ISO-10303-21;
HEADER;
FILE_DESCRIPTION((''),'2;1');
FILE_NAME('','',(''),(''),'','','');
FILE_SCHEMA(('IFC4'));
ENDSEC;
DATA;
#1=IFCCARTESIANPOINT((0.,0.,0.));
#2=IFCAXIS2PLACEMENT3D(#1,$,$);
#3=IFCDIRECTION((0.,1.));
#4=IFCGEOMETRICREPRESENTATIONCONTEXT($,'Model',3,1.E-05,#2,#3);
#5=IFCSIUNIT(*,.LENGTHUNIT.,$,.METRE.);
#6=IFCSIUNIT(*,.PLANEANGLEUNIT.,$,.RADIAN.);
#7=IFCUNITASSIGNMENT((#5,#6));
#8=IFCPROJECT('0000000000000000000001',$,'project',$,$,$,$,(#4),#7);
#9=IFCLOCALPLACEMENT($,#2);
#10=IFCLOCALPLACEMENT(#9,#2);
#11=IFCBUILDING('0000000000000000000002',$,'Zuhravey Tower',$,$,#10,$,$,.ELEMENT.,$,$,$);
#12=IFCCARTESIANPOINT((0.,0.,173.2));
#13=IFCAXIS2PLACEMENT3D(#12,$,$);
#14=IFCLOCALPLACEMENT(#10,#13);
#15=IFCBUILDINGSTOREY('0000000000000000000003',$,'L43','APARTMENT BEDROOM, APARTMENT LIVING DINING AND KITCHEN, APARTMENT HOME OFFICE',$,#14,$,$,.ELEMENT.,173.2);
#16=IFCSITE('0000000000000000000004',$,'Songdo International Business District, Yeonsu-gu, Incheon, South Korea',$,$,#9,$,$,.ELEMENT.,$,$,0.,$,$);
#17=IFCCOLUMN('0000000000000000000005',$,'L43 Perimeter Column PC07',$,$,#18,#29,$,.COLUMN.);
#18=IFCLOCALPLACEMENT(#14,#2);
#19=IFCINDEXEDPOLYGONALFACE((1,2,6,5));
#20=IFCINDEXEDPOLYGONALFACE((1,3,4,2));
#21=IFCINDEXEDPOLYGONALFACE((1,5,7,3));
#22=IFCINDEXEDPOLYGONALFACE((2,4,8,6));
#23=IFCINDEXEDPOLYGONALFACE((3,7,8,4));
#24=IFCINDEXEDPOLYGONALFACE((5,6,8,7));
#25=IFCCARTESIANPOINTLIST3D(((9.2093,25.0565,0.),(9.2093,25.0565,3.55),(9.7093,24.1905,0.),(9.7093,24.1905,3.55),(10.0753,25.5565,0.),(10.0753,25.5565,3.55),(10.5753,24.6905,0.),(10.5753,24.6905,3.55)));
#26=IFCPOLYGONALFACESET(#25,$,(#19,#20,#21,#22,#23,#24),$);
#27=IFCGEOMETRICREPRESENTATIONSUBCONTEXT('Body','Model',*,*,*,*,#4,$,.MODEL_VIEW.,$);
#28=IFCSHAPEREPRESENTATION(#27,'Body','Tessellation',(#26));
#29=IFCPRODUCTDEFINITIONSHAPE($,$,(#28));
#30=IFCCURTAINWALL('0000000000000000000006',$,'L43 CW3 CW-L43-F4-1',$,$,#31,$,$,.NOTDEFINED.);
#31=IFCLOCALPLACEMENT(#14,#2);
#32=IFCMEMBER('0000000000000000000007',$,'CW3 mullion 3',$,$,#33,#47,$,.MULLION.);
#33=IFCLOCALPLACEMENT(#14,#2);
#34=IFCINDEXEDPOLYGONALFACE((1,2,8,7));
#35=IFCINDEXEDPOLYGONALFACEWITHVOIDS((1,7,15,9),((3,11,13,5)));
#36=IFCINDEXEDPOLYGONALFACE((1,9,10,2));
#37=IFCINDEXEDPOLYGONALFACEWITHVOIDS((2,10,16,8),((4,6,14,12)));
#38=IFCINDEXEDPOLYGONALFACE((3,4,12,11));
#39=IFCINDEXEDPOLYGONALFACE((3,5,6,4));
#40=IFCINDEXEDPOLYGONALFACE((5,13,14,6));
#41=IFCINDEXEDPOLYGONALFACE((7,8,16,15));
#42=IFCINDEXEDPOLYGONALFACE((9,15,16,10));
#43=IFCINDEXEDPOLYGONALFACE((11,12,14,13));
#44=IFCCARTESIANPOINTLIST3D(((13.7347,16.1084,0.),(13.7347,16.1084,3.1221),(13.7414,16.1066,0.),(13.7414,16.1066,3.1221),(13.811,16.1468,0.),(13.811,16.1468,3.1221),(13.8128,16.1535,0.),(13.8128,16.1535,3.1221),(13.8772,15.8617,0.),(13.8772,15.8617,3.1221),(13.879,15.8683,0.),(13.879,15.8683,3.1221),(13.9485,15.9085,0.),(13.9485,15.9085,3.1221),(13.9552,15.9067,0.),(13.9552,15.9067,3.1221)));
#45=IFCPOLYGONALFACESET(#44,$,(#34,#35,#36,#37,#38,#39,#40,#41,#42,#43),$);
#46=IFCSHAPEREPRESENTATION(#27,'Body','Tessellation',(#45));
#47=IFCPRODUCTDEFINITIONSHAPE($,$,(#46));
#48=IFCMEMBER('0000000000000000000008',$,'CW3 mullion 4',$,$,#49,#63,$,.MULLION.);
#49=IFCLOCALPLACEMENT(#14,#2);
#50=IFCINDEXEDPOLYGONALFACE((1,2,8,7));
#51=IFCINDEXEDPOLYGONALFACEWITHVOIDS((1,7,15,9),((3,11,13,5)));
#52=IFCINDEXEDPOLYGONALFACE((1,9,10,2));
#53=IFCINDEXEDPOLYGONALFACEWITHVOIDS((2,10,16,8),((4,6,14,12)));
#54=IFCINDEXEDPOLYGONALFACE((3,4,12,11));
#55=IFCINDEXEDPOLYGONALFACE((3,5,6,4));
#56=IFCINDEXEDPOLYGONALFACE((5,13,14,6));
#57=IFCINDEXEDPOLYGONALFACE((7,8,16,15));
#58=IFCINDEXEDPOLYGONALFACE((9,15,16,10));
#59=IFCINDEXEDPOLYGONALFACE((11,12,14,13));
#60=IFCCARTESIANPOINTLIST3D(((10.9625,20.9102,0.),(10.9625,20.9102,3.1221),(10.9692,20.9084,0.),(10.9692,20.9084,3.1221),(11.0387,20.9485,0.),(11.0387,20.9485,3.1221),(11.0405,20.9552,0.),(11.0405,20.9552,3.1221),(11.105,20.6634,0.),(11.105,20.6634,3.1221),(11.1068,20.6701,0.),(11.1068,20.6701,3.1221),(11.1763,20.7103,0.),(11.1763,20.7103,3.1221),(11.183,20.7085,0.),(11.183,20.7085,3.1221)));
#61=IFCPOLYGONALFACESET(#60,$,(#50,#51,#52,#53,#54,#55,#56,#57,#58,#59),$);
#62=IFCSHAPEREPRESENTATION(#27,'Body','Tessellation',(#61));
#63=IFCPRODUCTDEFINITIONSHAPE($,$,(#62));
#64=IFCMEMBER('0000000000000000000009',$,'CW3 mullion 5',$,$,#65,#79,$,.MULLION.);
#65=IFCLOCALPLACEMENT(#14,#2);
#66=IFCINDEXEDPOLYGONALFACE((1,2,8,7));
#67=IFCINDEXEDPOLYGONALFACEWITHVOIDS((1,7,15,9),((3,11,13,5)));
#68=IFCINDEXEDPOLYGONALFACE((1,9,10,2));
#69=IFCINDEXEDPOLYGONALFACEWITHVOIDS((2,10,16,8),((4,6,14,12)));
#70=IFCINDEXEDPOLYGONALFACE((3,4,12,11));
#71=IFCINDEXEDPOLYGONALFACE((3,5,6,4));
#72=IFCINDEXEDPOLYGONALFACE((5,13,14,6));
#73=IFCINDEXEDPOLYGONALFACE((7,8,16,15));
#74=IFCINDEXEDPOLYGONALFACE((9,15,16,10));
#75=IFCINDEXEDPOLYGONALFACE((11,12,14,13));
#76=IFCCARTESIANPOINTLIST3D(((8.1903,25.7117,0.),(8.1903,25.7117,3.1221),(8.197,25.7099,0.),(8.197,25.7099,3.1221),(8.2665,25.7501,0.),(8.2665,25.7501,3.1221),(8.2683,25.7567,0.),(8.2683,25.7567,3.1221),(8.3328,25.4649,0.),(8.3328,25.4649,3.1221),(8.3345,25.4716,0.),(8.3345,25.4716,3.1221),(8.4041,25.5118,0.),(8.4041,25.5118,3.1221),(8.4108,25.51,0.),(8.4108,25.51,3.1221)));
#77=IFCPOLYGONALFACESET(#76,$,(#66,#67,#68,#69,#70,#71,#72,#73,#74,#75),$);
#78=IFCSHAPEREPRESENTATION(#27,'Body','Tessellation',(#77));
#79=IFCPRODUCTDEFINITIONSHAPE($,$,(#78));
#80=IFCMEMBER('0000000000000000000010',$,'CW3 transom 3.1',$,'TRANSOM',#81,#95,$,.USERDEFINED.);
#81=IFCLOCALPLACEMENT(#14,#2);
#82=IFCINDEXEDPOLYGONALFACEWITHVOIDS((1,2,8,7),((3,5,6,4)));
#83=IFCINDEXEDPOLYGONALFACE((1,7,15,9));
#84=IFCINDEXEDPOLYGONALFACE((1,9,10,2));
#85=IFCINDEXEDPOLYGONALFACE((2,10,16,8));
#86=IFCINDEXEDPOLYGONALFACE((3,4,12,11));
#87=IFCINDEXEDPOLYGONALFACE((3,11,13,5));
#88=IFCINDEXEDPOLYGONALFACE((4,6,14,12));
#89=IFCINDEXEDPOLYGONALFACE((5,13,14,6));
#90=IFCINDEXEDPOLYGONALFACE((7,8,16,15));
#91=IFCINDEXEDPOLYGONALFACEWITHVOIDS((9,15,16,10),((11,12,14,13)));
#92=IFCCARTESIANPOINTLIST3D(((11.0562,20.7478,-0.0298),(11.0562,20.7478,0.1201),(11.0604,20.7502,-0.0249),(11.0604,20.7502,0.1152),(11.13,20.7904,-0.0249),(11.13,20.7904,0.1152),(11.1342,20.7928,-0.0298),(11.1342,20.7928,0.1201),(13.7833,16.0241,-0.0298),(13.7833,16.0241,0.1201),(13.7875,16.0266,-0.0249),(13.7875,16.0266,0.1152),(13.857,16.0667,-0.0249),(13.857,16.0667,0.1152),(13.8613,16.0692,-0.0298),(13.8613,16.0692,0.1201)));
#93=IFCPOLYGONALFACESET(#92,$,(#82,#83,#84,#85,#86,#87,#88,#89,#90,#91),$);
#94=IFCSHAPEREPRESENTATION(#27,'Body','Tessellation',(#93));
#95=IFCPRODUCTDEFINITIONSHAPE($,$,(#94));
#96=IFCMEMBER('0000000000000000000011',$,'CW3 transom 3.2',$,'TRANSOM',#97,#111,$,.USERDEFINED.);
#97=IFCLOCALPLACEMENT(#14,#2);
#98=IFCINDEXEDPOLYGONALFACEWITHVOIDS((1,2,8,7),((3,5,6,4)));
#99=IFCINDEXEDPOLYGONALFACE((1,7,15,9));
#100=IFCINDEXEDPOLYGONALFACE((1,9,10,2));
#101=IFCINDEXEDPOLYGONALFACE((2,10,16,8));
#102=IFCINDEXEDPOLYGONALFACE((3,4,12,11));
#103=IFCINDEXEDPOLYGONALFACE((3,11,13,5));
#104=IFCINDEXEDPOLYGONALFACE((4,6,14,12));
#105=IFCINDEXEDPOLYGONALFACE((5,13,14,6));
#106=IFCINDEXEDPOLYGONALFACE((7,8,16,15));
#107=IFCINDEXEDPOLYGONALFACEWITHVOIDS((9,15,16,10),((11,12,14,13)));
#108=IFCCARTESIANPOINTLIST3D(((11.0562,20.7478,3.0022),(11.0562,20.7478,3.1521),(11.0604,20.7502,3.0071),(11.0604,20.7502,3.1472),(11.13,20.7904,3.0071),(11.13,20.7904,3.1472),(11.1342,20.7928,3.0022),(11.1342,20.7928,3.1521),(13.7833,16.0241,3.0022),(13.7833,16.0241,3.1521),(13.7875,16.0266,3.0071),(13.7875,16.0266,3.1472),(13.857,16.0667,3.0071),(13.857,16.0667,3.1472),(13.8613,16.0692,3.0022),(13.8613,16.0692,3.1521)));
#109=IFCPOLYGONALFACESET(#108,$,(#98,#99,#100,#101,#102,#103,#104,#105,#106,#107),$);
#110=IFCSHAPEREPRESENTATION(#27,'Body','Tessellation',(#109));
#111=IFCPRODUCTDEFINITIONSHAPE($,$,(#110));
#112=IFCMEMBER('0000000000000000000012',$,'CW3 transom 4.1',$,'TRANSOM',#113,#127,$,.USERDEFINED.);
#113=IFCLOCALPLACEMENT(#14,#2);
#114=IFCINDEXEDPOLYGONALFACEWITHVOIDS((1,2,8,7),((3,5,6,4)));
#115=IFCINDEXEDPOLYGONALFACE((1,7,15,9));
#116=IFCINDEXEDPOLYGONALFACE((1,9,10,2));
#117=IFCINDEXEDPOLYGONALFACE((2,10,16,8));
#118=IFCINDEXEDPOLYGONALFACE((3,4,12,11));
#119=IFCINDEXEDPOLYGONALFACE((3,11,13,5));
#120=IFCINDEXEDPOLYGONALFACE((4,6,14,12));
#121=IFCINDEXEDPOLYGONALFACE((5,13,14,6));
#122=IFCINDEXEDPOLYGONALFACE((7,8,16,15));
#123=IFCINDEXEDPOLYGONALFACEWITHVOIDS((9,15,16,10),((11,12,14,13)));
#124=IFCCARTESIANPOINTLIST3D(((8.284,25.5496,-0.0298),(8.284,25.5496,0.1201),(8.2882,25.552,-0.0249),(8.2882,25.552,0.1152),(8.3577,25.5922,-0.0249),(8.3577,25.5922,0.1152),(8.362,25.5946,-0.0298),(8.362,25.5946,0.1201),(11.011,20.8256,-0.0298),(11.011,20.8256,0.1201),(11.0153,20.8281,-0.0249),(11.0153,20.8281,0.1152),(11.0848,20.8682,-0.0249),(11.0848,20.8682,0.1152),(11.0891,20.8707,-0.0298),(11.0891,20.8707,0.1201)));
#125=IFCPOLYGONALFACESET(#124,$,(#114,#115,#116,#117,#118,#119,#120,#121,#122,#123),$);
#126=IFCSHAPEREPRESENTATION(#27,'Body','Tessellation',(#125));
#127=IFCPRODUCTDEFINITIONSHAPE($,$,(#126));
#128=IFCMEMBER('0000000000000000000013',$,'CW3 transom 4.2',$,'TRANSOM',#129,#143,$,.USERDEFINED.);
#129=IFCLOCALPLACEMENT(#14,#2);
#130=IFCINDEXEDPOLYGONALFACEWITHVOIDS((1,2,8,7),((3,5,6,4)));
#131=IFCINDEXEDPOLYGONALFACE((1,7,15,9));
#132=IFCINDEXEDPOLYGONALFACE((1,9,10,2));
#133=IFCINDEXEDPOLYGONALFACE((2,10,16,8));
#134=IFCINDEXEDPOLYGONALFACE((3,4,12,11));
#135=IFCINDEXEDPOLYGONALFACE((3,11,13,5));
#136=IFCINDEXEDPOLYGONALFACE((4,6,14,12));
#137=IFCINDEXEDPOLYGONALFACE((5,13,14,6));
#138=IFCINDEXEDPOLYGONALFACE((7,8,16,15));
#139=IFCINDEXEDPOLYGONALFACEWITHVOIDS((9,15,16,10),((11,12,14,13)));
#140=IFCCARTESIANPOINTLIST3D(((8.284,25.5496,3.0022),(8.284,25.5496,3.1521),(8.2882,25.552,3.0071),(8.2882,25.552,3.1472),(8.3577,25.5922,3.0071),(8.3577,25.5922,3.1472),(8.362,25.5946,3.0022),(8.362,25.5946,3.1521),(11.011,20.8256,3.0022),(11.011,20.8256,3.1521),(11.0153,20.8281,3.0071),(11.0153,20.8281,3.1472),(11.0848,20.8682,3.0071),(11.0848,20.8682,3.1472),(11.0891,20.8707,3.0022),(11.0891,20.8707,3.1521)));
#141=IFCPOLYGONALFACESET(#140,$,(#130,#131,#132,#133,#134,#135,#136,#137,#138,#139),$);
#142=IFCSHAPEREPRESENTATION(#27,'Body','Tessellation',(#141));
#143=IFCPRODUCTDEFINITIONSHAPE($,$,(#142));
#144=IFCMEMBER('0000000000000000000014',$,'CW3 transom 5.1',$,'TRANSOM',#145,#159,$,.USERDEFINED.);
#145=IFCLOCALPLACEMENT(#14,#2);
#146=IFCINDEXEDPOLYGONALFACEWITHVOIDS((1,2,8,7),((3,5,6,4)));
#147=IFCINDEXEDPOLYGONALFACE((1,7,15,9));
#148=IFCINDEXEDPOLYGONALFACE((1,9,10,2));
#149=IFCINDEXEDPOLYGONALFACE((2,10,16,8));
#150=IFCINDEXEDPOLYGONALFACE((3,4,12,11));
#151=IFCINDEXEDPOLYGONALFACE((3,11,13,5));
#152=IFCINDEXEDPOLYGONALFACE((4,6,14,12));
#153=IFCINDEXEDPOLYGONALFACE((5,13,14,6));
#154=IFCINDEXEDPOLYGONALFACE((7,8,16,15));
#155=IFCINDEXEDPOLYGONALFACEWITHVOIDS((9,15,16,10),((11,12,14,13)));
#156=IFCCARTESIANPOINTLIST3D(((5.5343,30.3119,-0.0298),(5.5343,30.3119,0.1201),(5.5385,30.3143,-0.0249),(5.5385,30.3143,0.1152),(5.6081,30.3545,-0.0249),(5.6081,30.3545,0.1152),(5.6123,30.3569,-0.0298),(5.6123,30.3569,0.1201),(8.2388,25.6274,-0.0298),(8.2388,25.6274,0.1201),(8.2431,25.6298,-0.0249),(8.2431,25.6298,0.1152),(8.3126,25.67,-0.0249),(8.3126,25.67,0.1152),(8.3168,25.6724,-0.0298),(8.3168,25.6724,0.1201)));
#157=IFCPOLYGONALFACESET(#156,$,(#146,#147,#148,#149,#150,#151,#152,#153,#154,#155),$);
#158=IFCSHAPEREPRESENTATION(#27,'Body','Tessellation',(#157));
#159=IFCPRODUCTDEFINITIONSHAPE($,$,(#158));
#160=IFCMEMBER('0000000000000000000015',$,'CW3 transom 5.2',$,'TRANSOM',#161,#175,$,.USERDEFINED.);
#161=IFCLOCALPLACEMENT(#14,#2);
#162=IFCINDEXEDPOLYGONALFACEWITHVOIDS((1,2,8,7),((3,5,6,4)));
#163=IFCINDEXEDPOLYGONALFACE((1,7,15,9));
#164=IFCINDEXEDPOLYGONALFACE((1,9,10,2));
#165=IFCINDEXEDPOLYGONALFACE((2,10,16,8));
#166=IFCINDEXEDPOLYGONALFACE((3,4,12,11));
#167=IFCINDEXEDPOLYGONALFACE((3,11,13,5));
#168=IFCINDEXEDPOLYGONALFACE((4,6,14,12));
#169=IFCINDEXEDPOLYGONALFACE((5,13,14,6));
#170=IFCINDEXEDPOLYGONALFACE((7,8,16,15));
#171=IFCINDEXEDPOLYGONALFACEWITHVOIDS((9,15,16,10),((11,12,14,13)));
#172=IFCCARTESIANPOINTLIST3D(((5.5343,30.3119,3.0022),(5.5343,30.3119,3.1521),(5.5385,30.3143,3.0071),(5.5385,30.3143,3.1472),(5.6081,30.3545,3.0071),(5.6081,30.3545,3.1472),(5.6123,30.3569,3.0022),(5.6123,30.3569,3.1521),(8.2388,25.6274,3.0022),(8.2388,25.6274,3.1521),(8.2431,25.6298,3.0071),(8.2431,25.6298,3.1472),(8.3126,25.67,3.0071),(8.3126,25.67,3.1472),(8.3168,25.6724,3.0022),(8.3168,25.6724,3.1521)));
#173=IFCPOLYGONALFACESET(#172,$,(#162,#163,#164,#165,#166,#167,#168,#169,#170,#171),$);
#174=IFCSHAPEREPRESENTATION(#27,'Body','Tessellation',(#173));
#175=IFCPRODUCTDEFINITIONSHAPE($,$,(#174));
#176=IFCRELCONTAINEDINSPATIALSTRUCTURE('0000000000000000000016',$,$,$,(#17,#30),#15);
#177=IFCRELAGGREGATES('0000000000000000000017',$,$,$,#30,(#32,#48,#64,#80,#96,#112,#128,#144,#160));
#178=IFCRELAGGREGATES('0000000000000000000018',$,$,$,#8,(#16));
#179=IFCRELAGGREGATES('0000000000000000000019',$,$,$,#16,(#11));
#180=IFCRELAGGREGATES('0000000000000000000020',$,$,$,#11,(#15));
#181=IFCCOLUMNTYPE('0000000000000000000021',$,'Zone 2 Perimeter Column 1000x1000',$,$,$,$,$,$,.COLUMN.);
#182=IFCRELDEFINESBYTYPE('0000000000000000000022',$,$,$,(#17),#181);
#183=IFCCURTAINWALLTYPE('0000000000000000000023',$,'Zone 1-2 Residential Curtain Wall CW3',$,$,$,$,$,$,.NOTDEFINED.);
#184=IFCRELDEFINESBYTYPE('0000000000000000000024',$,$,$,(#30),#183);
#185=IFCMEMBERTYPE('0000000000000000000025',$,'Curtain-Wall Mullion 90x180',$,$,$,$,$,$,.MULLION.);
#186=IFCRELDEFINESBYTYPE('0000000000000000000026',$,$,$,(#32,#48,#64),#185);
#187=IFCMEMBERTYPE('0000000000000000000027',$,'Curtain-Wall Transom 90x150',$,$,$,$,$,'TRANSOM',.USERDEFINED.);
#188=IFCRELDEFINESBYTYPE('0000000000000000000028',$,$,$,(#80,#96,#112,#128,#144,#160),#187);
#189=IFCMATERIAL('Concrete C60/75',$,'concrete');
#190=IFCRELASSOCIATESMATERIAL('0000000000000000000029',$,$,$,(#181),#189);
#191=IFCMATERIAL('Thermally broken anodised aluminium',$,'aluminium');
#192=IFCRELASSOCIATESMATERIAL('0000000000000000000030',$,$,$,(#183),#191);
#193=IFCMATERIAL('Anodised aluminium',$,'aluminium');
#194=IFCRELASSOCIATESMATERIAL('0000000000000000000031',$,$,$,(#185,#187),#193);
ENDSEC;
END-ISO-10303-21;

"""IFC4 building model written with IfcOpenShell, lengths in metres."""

from ifc_helpers import new_model, si_unit, direction, frame, origin, origin_2d, place, context, subcontext, project, spatial, rectangle, hollow_rectangle, extrude, material, material_profile, profile_set, type_object, element, aggregate, save


model = new_model("IFC4")

# Units and contexts
model_context = context("Model", 3, precision=1e-05, world=origin(), true_north=direction((0.0, 1.0)))
body_context = subcontext(model_context, "Body", "Model", "MODEL_VIEW")
ifc_project = project(units=[si_unit("LENGTHUNIT", "METRE"), si_unit("PLANEANGLEUNIT", "RADIAN")], contexts=[model_context])

# Site, building, storey
site_placement = place(None, origin())
site = spatial("IfcSite", under=ifc_project, at=site_placement, Name="Songdo International Business District, Yeonsu-gu, Incheon, South Korea", CompositionType="ELEMENT", RefElevation=0.0)
building_placement = place(site_placement, origin())
building = spatial("IfcBuilding", under=site, at=building_placement, Name="Zuhravey Tower", CompositionType="ELEMENT")
storey_placement = place(building_placement, frame((0.0, 0.0, 173.2)))
storey = spatial("IfcBuildingStorey", under=building, at=storey_placement, Name="L43", Description="APARTMENT BEDROOM, APARTMENT LIVING DINING AND KITCHEN, APARTMENT HOME OFFICE", CompositionType="ELEMENT", Elevation=173.2)

# Column
ifc_material_1 = material(Name="Concrete C60/75", Category="concrete")
ifc_material_profile_1 = material_profile(ifc_material_1, rectangle(XDim=1.0, YDim=1.0, at=origin_2d()), Name="RC-1000x1000")
ifc_profile_set_1 = profile_set([ifc_material_profile_1], Name="Concrete C60/75")
column_type = type_object("IfcColumnType", Name="Zone 2 Perimeter Column 1000x1000", PredefinedType="COLUMN", material=ifc_profile_set_1)
column_placement = place(storey_placement, frame((9.8923, 24.8735, 0.0), z_axis=(0.0, 0.0, 1.0), x_axis=(0.5, -0.866025, 0.0)))
element("IfcColumn", 1, at=column_placement, inside=storey, type_object=column_type, Name="L43 Perimeter Column PC07", PredefinedType="COLUMN", context=body_context, shape_type="SweptSolid", body=[
    extrude(rectangle(XDim=1.0, YDim=1.0, at=origin_2d()), origin(), (0.0, 0.0, 1.0), 3.55),
])

# Curtain wall, members
ifc_material_2 = material(Name="Thermally broken anodised aluminium", Category="aluminium")
curtain_wall_type = type_object("IfcCurtainWallType", Name="Zone 1-2 Residential Curtain Wall CW3", PredefinedType="NOTDEFINED", material=ifc_material_2)
curtain_wall_placement = place(storey_placement, origin())
curtain_wall = element("IfcCurtainWall", 2, at=curtain_wall_placement, inside=storey, type_object=curtain_wall_type, Name="L43 CW3 CW-L43-F4-1", PredefinedType="NOTDEFINED")
ifc_material_3 = material(Name="Anodised aluminium", Category="aluminium")
ifc_material_profile_2 = material_profile(ifc_material_3, hollow_rectangle(XDim=0.0901, YDim=0.2849, WallThickness=0.0049, at=origin_2d()), Name="ALU-RHS-90x285x5")
ifc_profile_set_2 = profile_set([ifc_material_profile_2], Name="Anodised aluminium")
member_type_1 = type_object("IfcMemberType", Name="Curtain-Wall Mullion 90x180", PredefinedType="MULLION", material=ifc_profile_set_2)
member_1_placement = place(storey_placement, frame((13.845, 16.0076, 0.0), z_axis=(0.0, 0.0, 1.0), x_axis=(-0.866025, -0.5, 0.0)))
member_1 = element("IfcMember", 3, at=member_1_placement, type_object=member_type_1, Name="CW3 mullion 3", PredefinedType="MULLION", context=body_context, shape_type="SweptSolid", body=[
    extrude(hollow_rectangle(XDim=0.0901, YDim=0.2849, WallThickness=0.0049, at=origin_2d()), origin(), (0.0, 0.0, 1.0), 3.1221),
])
member_2_placement = place(storey_placement, frame((11.0728, 20.8093, 0.0), z_axis=(0.0, 0.0, 1.0), x_axis=(-0.866025, -0.5, 0.0)))
member_2 = element("IfcMember", 4, at=member_2_placement, type_object=member_type_1, Name="CW3 mullion 4", PredefinedType="MULLION", context=body_context, shape_type="SweptSolid", body=[
    extrude(hollow_rectangle(XDim=0.0901, YDim=0.2849, WallThickness=0.0049, at=origin_2d()), origin(), (0.0, 0.0, 1.0), 3.1221),
])
member_3_placement = place(storey_placement, frame((8.3005, 25.6108, 0.0), z_axis=(0.0, 0.0, 1.0), x_axis=(-0.866025, -0.5, 0.0)))
member_3 = element("IfcMember", 5, at=member_3_placement, type_object=member_type_1, Name="CW3 mullion 5", PredefinedType="MULLION", context=body_context, shape_type="SweptSolid", body=[
    extrude(hollow_rectangle(XDim=0.0901, YDim=0.2849, WallThickness=0.0049, at=origin_2d()), origin(), (0.0, 0.0, 1.0), 3.1221),
])
ifc_material_profile_3 = material_profile(ifc_material_3, hollow_rectangle(XDim=0.0901, YDim=0.1499, WallThickness=0.0049, at=origin_2d()), Name="ALU-RHS-90x150x5")
ifc_profile_set_3 = profile_set([ifc_material_profile_3], Name="Anodised aluminium")
member_type_2 = type_object("IfcMemberType", Name="Curtain-Wall Transom 90x150", ElementType="TRANSOM", PredefinedType="USERDEFINED", material=ifc_profile_set_3)
member_4_placement = place(storey_placement, frame((13.8223, 16.0466, 0.0452), z_axis=(-0.499981, 0.866037, 0.0), x_axis=(-0.866037, -0.499981, 0.0)))
member_4 = element("IfcMember", 6, at=member_4_placement, type_object=member_type_2, Name="CW3 transom 3.1", ObjectType="TRANSOM", PredefinedType="USERDEFINED", context=body_context, shape_type="SweptSolid", body=[
    extrude(hollow_rectangle(XDim=0.0901, YDim=0.1499, WallThickness=0.0049, at=origin_2d()), origin(), (0.0, 0.0, 1.0), 5.4543),
])
member_5_placement = place(storey_placement, frame((13.8223, 16.0466, 3.0771), z_axis=(-0.499981, 0.866037, 0.0), x_axis=(-0.866037, -0.499981, 0.0)))
member_5 = element("IfcMember", 7, at=member_5_placement, type_object=member_type_2, Name="CW3 transom 3.2", ObjectType="TRANSOM", PredefinedType="USERDEFINED", context=body_context, shape_type="SweptSolid", body=[
    extrude(hollow_rectangle(XDim=0.0901, YDim=0.1499, WallThickness=0.0049, at=origin_2d()), origin(), (0.0, 0.0, 1.0), 5.4543),
])
member_6_placement = place(storey_placement, frame((11.05, 20.8481, 0.0452), z_axis=(-0.499961, 0.866048, 0.0), x_axis=(-0.866048, -0.499961, 0.0)))
member_6 = element("IfcMember", 8, at=member_6_placement, type_object=member_type_2, Name="CW3 transom 4.1", ObjectType="TRANSOM", PredefinedType="USERDEFINED", context=body_context, shape_type="SweptSolid", body=[
    extrude(hollow_rectangle(XDim=0.0901, YDim=0.1499, WallThickness=0.0049, at=origin_2d()), origin(), (0.0, 0.0, 1.0), 5.4546),
])
member_7_placement = place(storey_placement, frame((11.05, 20.8481, 3.0771), z_axis=(-0.499961, 0.866048, 0.0), x_axis=(-0.866048, -0.499961, 0.0)))
member_7 = element("IfcMember", 9, at=member_7_placement, type_object=member_type_2, Name="CW3 transom 4.2", ObjectType="TRANSOM", PredefinedType="USERDEFINED", context=body_context, shape_type="SweptSolid", body=[
    extrude(hollow_rectangle(XDim=0.0901, YDim=0.1499, WallThickness=0.0049, at=origin_2d()), origin(), (0.0, 0.0, 1.0), 5.4546),
])
member_8_placement = place(storey_placement, frame((8.2778, 25.6499, 0.0452), z_axis=(-0.499993, 0.866029, 0.0), x_axis=(-0.866029, -0.499993, 0.0)))
member_8 = element("IfcMember", 10, at=member_8_placement, type_object=member_type_2, Name="CW3 transom 5.1", ObjectType="TRANSOM", PredefinedType="USERDEFINED", context=body_context, shape_type="SweptSolid", body=[
    extrude(hollow_rectangle(XDim=0.0901, YDim=0.1499, WallThickness=0.0049, at=origin_2d()), origin(), (0.0, 0.0, 1.0), 5.4092),
])
member_9_placement = place(storey_placement, frame((8.2778, 25.6499, 3.0771), z_axis=(-0.499993, 0.866029, 0.0), x_axis=(-0.866029, -0.499993, 0.0)))
member_9 = element("IfcMember", 11, at=member_9_placement, type_object=member_type_2, Name="CW3 transom 5.2", ObjectType="TRANSOM", PredefinedType="USERDEFINED", context=body_context, shape_type="SweptSolid", body=[
    extrude(hollow_rectangle(XDim=0.0901, YDim=0.1499, WallThickness=0.0049, at=origin_2d()), origin(), (0.0, 0.0, 1.0), 5.4092),
])

aggregate(curtain_wall, [member_1, member_2, member_3, member_4, member_5, member_6, member_7, member_8, member_9])

save(model, "model.ifc")
